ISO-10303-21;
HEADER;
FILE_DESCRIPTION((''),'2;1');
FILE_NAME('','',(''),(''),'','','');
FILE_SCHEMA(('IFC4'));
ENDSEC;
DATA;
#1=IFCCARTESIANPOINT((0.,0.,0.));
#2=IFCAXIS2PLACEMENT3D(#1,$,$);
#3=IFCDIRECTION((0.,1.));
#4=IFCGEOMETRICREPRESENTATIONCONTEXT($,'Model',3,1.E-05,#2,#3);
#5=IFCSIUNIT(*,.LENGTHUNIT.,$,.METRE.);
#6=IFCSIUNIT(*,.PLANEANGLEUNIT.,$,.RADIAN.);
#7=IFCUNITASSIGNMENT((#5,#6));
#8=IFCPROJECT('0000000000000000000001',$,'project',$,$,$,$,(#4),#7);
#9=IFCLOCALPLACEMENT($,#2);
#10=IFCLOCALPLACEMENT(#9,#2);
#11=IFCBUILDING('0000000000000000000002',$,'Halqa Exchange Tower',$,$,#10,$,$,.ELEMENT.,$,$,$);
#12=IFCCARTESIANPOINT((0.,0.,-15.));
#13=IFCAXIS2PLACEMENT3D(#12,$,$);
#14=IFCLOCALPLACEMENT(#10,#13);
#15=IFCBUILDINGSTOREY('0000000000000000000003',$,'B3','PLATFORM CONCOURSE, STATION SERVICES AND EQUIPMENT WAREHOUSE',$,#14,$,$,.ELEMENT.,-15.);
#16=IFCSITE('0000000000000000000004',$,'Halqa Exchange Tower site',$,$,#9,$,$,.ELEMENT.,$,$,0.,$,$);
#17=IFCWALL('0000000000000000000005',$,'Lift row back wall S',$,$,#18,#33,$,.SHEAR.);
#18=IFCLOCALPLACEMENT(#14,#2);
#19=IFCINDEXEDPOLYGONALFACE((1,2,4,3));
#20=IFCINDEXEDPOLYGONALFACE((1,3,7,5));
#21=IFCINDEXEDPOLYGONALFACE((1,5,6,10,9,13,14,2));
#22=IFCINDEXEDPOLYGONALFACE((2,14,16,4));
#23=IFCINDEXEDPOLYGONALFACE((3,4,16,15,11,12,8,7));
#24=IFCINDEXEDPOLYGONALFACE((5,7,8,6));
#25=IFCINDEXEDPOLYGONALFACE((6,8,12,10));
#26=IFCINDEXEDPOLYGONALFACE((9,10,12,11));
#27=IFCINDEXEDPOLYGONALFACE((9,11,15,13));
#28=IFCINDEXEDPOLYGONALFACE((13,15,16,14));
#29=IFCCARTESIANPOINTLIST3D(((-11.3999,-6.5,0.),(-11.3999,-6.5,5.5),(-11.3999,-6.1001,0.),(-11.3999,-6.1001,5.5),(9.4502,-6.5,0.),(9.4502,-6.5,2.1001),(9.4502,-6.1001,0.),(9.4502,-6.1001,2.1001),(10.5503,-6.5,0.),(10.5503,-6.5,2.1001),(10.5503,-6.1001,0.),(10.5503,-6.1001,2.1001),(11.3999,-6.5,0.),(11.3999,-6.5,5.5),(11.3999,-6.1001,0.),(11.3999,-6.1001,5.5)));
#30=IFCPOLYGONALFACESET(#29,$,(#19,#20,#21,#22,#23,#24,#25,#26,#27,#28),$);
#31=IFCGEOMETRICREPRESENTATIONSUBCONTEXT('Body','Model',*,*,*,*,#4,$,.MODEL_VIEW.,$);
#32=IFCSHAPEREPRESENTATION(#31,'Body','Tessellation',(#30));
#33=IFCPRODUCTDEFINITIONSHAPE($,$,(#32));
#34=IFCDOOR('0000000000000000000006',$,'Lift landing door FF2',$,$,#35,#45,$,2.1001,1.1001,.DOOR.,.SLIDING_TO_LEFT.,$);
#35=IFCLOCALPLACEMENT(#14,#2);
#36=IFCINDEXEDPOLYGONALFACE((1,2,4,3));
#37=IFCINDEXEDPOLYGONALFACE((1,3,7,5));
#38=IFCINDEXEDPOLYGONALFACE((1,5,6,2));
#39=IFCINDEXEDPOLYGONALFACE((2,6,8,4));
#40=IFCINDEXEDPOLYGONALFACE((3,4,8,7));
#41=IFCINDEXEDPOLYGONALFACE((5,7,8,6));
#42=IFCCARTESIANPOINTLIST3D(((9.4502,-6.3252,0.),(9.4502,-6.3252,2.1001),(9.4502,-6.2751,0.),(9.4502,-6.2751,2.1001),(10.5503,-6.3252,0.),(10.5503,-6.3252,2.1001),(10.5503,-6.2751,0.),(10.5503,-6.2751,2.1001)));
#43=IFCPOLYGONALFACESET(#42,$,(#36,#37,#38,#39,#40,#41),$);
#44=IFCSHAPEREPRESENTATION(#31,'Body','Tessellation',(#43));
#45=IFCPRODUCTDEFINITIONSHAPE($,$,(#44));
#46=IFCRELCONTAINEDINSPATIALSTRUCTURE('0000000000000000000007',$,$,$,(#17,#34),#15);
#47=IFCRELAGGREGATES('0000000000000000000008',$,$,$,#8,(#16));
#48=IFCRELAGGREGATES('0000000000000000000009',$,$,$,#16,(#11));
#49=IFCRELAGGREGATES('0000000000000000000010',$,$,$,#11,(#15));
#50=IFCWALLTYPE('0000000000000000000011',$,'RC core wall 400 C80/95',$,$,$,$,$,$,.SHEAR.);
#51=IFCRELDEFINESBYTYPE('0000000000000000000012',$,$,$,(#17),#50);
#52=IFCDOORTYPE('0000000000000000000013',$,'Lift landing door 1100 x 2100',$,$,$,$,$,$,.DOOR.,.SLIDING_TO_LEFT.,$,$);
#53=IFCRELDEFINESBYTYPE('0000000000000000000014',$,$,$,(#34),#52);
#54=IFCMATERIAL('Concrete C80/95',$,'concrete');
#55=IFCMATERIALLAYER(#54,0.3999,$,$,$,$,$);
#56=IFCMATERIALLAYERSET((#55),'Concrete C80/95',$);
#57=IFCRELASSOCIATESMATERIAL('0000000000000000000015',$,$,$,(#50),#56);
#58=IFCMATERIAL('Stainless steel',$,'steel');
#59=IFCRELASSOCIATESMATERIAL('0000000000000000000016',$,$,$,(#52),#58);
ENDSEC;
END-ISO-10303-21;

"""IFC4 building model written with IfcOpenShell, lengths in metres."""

from ifc_helpers import new_model, si_unit, direction, frame, frame_2d, origin, place, context, subcontext, project, spatial, rectangle, extrude, material, layer, layer_set, type_object, element, fill, save


model = new_model("IFC4")

# Units and contexts
model_context = context("Model", 3, precision=1e-05, world=origin(), true_north=direction((0.0, 1.0)))
body_context = subcontext(model_context, "Body", "Model", "MODEL_VIEW")
ifc_project = project(units=[si_unit("LENGTHUNIT", "METRE"), si_unit("PLANEANGLEUNIT", "RADIAN")], contexts=[model_context])

# Site, building, storey
site_placement = place(None, origin())
site = spatial("IfcSite", under=ifc_project, at=site_placement, Name="Halqa Exchange Tower site", CompositionType="ELEMENT", RefElevation=0.0)
building_placement = place(site_placement, origin())
building = spatial("IfcBuilding", under=site, at=building_placement, Name="Halqa Exchange Tower", CompositionType="ELEMENT")
storey_placement = place(building_placement, frame((0.0, 0.0, -15.0)))
storey = spatial("IfcBuildingStorey", under=building, at=storey_placement, Name="B3", Description="PLATFORM CONCOURSE, STATION SERVICES AND EQUIPMENT WAREHOUSE", CompositionType="ELEMENT", Elevation=-15.0)

# Wall, opening, door
ifc_material_1 = material(Name="Concrete C80/95", Category="concrete")
ifc_layer = layer(ifc_material_1, 0.3999)
ifc_layer_set = layer_set([ifc_layer], Name="Concrete C80/95")
wall_type = type_object("IfcWallType", Name="RC core wall 400 C80/95", PredefinedType="SHEAR", material=ifc_layer_set)
ifc_material_2 = material(Name="Stainless steel", Category="steel")
door_type = type_object("IfcDoorType", Name="Lift landing door 1100 x 2100", OperationType="SLIDING_TO_LEFT", PredefinedType="DOOR", material=ifc_material_2)
wall_1_placement = place(storey_placement, frame((-11.3999, -6.3, 0.0), z_axis=(0.0, 0.0, 1.0), x_axis=(1.0, 0.0, 0.0)))
wall_1 = element("IfcWall", 1, at=wall_1_placement, inside=storey, type_object=wall_type, Name="Lift row back wall S", PredefinedType="SHEAR", context=body_context, shape_type="SweptSolid", body=[
    extrude(rectangle(XDim=22.7998, YDim=0.3999, at=frame_2d((11.3999, 0.0))), origin(), (0.0, 0.0, 1.0), 5.5),
])
opening_1_placement = place(wall_1_placement, frame((20.8501, 0.0, 0.0)))
opening_1 = element("IfcOpeningElement", 2, at=opening_1_placement, cuts=wall_1, PredefinedType="OPENING", context=body_context, shape_type="SweptSolid", body=[
    extrude(rectangle(XDim=1.1001, YDim=2.1001, at=frame_2d((0.55, 1.05))), frame((0.0, 0.2119, 0.0), z_axis=(0.0, -1.0, 0.0), x_axis=(1.0, 0.0, 0.0)), (0.0, 0.0, 1.0), 0.4238),
])
door_1_placement = place(opening_1_placement, origin())
door_1 = element("IfcDoor", 3, at=door_1_placement, inside=storey, type_object=door_type, Name="Lift landing door FF2", OperationType="SLIDING_TO_LEFT", OverallHeight=2.1001, OverallWidth=1.1001, PredefinedType="DOOR", context=body_context, shape_type="SweptSolid", body=[
    extrude(rectangle(XDim=1.1001, YDim=2.1001, at=frame_2d((0.55, 1.05))), frame((0.0, 0.0249, 0.0), z_axis=(0.0, -1.0, 0.0), x_axis=(1.0, 0.0, 0.0)), (0.0, 0.0, 1.0), 0.05),
])
fill(opening_1, door_1)

save(model, "model.ifc")
